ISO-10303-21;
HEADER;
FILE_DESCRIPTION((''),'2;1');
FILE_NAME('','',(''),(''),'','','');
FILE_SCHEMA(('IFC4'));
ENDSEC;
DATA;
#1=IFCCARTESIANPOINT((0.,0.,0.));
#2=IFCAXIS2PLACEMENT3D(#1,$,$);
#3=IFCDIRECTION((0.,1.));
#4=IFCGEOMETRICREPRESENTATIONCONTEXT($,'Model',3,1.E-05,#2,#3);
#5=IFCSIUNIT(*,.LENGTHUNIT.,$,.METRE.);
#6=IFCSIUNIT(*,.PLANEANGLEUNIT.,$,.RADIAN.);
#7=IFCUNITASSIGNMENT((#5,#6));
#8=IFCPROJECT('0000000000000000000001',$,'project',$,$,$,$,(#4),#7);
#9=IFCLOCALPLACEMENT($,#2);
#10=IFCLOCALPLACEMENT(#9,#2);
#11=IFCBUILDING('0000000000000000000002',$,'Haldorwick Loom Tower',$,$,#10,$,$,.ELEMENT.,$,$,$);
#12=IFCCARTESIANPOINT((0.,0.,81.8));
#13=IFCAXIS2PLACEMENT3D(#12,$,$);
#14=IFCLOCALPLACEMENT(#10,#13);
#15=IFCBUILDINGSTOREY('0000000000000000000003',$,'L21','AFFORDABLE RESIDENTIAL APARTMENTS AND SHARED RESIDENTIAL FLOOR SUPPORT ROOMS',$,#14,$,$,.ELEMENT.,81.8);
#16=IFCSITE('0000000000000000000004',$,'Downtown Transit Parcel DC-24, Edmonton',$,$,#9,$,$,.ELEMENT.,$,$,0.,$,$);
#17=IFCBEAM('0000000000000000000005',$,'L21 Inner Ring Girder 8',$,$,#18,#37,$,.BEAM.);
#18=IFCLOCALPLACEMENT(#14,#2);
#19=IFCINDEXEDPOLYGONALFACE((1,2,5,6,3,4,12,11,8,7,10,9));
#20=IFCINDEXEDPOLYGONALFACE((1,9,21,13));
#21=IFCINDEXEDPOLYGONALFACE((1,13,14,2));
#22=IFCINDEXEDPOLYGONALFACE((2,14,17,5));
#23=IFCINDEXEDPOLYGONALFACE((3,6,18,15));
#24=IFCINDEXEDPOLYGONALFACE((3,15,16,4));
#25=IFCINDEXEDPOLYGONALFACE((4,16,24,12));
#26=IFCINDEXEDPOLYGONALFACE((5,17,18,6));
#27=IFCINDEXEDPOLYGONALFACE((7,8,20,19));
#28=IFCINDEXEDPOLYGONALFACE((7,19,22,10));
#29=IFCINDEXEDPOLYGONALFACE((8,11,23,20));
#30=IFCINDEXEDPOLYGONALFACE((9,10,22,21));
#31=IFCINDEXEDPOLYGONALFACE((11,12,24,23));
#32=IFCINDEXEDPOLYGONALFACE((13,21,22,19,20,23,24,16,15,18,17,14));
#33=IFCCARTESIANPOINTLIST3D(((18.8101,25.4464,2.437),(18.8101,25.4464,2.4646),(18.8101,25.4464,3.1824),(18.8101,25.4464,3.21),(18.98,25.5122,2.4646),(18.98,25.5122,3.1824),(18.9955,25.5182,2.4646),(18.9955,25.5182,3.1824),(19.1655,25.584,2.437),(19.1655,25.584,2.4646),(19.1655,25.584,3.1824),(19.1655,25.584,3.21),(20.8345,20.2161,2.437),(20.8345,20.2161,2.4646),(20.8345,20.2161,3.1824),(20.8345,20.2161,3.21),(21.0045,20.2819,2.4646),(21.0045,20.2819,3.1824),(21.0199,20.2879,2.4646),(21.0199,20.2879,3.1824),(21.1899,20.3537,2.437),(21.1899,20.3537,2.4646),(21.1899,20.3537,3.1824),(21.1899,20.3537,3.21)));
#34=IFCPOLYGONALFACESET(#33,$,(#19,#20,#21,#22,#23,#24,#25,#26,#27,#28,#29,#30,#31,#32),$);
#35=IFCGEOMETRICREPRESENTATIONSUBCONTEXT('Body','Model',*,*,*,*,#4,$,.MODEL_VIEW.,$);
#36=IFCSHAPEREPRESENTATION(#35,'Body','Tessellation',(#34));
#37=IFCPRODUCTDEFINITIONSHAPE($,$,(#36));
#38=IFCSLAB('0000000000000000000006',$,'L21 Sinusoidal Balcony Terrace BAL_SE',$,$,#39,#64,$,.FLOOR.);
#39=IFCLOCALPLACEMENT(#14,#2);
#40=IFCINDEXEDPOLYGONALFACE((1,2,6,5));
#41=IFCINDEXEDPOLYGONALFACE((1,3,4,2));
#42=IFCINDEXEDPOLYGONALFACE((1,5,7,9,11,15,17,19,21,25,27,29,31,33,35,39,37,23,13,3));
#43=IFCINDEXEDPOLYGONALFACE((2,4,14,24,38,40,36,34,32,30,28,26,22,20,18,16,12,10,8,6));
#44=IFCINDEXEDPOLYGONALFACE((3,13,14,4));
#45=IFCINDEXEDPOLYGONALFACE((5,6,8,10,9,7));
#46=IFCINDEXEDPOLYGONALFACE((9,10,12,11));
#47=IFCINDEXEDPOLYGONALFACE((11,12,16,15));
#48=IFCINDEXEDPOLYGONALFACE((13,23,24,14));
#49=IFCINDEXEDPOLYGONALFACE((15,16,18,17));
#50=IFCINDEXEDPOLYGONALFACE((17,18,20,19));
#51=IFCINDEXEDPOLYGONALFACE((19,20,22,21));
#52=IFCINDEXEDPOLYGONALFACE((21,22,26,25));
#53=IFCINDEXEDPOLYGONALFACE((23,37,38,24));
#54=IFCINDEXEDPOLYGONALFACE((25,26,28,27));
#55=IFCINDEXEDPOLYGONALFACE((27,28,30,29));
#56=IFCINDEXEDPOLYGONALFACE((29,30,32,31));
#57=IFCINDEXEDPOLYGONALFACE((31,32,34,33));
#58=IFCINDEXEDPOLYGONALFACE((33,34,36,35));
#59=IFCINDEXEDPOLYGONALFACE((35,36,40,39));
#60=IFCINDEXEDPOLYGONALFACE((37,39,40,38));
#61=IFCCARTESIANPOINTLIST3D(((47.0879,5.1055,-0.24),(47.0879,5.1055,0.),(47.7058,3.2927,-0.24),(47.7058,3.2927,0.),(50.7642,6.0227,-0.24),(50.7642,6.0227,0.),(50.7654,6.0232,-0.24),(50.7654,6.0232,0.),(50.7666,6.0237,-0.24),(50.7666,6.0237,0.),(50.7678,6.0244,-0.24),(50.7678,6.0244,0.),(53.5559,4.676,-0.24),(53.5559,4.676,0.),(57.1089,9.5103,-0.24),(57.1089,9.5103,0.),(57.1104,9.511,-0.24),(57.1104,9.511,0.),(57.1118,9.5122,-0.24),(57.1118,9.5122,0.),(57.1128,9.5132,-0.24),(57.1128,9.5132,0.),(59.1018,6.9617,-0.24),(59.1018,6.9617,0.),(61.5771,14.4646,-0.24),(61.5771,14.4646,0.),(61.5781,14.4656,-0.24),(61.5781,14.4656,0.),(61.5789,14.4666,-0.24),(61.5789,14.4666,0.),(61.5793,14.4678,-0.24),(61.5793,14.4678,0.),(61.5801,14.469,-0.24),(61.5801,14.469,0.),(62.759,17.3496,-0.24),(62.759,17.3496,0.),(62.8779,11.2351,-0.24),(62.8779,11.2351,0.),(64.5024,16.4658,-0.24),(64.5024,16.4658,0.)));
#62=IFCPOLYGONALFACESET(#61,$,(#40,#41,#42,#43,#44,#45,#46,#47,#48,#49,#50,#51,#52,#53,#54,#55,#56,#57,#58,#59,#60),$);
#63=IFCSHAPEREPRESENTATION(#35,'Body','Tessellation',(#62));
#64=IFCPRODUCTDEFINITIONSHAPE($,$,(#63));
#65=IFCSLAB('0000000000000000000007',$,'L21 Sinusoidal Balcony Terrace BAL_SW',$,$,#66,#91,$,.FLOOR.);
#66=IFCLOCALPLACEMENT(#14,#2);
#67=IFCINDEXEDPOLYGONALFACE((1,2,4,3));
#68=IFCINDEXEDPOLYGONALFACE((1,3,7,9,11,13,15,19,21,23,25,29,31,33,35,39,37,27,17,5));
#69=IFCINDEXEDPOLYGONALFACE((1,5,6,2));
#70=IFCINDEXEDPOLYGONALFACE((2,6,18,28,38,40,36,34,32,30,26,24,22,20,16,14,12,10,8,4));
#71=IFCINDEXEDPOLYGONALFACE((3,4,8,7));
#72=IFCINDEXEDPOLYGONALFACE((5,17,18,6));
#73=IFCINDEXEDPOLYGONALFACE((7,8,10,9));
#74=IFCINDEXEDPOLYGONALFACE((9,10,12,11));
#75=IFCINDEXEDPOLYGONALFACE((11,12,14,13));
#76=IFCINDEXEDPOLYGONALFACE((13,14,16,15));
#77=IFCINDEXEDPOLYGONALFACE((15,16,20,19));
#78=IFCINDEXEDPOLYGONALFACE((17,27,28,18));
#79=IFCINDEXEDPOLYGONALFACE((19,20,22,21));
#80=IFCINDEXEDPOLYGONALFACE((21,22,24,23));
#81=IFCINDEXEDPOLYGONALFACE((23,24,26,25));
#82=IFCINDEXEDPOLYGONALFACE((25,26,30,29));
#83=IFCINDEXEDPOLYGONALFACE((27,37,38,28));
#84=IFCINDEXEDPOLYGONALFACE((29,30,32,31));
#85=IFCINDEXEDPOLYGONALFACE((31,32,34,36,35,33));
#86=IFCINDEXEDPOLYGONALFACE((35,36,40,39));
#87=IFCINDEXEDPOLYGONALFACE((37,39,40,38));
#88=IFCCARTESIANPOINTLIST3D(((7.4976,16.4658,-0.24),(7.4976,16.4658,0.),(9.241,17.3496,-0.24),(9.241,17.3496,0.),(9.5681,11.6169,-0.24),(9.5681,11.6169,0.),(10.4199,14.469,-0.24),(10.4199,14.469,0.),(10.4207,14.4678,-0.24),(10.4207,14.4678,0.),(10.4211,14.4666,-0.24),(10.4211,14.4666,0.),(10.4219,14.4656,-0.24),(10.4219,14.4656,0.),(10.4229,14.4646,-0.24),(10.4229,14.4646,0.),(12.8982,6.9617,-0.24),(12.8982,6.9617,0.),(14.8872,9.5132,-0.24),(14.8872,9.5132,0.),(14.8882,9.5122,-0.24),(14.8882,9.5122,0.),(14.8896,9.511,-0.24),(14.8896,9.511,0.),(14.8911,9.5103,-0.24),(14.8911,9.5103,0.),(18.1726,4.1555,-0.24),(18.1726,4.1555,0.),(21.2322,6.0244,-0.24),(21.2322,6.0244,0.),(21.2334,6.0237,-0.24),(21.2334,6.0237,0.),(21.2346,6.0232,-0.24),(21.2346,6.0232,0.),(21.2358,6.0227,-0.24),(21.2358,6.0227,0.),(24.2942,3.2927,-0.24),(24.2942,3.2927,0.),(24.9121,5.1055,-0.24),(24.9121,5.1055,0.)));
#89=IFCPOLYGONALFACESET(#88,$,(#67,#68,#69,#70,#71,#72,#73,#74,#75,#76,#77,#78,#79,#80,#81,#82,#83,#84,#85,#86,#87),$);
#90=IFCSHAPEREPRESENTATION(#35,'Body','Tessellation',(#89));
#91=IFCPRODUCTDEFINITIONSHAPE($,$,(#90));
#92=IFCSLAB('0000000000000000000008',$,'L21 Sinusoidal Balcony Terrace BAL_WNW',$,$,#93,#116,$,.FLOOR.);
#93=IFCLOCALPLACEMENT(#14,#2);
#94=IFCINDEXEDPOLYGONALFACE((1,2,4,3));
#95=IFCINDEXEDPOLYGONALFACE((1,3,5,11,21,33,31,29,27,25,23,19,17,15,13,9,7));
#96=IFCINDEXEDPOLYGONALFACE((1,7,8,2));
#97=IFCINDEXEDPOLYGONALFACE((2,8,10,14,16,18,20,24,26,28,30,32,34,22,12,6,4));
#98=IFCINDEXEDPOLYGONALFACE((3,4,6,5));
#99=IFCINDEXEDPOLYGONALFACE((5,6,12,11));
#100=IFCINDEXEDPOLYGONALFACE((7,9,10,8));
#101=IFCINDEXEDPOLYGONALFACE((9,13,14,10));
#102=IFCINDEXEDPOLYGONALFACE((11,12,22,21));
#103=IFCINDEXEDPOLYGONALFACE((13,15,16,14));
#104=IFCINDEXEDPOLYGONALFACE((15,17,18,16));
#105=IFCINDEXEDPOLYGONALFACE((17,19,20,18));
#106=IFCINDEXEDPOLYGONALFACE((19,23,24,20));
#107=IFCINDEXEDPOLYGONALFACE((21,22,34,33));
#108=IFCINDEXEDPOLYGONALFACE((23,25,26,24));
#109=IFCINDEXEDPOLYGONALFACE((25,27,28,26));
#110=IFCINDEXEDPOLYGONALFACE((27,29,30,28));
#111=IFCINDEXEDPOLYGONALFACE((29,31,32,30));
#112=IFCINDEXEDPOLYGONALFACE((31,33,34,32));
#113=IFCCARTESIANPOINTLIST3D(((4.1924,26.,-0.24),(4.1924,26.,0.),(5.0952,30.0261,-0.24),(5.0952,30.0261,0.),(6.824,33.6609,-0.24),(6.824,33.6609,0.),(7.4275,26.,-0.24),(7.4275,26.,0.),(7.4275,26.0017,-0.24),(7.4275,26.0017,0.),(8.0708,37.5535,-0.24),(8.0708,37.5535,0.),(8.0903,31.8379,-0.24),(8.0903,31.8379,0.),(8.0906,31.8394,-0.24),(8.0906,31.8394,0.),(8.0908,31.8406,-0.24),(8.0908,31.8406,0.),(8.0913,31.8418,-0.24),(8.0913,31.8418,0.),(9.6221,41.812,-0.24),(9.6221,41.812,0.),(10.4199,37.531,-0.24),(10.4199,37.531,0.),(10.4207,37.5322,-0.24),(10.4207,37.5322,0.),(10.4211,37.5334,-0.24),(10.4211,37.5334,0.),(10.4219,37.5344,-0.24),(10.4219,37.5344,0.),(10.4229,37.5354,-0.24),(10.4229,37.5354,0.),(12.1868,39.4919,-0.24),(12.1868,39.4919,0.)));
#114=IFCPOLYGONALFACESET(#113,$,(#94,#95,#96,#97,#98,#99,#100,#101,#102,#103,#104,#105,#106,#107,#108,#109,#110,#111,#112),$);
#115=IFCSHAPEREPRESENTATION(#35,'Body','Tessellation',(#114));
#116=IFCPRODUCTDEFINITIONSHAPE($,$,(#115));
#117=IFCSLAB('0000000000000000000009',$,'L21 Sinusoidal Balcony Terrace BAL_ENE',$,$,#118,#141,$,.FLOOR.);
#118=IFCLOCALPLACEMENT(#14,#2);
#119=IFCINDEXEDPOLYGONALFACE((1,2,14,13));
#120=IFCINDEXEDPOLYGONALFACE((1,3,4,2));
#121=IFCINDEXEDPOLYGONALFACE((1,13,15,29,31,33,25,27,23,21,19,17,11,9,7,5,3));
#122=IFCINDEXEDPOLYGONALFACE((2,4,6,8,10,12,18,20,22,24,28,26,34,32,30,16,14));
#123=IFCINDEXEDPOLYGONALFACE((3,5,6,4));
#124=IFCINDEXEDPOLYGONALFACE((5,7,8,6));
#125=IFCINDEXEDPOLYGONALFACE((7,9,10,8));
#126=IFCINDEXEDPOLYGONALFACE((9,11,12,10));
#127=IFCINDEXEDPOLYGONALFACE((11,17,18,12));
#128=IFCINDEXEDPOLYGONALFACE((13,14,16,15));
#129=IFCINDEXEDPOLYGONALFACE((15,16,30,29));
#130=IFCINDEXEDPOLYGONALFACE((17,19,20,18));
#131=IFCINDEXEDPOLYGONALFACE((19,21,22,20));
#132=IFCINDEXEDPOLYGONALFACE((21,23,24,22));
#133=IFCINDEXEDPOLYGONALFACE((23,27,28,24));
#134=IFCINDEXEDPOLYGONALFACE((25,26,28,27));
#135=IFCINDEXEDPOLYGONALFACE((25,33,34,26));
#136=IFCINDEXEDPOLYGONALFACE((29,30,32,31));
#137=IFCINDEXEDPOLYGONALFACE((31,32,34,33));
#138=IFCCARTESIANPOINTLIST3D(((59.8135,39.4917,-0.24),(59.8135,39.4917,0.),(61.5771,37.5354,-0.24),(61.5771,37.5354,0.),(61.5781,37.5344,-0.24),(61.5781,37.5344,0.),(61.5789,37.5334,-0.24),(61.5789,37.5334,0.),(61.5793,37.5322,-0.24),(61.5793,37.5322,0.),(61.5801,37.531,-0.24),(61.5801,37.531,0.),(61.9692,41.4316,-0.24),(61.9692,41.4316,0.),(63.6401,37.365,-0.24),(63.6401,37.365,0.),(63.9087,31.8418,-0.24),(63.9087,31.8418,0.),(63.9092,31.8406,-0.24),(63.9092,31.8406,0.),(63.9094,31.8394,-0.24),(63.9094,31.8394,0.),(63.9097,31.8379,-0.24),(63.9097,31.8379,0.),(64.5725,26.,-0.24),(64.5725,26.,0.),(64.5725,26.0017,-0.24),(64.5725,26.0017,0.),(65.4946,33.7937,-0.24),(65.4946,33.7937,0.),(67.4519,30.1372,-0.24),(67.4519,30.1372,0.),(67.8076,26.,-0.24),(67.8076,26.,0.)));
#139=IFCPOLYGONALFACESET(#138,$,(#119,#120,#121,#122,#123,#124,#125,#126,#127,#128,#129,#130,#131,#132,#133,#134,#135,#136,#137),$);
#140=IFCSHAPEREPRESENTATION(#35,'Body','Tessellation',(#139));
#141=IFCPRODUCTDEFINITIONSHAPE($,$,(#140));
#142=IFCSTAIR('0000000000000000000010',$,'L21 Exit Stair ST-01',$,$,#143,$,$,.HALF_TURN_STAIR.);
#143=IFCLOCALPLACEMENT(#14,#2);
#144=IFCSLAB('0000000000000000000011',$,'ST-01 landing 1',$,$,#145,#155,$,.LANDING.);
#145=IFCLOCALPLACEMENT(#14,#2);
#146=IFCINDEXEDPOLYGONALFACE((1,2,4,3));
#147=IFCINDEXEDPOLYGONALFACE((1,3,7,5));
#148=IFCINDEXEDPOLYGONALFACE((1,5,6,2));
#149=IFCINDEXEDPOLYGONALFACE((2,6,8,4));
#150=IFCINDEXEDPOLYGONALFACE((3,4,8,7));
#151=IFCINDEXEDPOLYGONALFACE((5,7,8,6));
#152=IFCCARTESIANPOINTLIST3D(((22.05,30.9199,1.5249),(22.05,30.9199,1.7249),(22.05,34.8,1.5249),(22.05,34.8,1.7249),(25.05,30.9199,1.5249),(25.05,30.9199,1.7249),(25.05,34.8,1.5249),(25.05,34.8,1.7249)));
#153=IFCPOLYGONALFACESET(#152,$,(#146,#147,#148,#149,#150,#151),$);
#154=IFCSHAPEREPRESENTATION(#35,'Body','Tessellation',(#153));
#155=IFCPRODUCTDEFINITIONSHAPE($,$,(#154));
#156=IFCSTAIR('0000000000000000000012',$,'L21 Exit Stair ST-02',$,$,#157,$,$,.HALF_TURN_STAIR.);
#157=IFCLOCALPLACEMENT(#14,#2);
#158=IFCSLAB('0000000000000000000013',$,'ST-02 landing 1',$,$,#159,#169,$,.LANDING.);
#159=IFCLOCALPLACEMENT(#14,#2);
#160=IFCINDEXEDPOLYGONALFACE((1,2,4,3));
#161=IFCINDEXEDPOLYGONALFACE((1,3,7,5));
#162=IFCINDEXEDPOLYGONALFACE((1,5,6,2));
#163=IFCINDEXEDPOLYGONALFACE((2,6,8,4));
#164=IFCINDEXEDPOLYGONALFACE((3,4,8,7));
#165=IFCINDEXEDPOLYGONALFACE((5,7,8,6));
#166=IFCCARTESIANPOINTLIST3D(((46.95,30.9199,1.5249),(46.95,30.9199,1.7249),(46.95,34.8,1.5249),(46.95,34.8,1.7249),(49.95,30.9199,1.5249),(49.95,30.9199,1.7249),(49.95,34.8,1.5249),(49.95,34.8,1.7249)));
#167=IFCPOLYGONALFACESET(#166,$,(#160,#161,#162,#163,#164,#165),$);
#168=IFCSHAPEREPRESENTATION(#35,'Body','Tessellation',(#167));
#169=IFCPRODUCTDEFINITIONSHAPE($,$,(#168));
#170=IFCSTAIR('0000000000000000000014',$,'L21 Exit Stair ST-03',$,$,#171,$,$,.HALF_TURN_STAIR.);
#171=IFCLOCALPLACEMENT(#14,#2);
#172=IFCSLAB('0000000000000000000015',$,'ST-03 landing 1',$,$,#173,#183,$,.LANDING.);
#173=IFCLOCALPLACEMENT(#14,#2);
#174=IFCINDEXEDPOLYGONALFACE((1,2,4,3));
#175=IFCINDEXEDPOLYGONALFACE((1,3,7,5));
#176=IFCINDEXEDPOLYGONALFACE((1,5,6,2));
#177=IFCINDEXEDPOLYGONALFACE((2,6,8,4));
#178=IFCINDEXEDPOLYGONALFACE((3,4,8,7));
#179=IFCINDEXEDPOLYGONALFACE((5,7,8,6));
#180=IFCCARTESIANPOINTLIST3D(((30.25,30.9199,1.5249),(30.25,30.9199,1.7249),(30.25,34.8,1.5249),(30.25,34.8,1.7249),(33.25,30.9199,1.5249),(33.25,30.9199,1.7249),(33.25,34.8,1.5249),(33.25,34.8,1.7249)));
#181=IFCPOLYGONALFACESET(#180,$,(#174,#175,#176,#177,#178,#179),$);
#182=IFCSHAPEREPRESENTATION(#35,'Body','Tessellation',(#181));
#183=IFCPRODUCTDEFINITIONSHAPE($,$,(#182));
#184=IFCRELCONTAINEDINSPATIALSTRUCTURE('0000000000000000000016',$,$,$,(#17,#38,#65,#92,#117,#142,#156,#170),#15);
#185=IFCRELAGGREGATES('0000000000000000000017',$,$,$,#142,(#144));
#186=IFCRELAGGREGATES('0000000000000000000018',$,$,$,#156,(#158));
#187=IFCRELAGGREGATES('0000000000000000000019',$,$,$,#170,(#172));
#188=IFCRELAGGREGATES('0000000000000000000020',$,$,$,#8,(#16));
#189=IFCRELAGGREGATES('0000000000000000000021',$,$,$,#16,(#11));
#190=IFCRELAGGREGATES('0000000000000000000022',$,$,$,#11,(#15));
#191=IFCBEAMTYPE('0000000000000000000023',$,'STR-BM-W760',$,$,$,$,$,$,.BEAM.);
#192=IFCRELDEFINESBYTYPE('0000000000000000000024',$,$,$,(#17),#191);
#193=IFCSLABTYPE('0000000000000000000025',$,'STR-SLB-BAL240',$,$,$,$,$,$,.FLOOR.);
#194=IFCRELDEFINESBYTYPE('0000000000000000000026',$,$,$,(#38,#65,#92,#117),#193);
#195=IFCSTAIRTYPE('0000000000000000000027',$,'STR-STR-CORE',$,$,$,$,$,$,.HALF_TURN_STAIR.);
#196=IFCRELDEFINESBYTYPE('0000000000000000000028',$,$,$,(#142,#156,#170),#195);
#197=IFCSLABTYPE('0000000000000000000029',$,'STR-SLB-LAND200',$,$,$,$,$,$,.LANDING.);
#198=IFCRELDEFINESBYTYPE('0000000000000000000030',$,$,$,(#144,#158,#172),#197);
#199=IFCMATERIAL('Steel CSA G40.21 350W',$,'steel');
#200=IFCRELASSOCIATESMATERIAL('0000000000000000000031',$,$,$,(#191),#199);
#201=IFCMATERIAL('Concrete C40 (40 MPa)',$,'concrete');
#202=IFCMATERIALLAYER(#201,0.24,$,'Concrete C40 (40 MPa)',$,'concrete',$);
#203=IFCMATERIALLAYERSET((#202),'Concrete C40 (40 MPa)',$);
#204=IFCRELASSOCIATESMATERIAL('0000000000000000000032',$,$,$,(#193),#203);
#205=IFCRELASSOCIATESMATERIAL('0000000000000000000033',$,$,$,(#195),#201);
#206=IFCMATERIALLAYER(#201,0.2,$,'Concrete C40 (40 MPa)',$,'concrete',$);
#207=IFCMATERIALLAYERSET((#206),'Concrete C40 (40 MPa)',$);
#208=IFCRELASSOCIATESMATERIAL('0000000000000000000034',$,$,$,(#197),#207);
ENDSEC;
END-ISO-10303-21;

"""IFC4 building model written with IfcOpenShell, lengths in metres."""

from ifc_helpers import new_model, si_unit, direction, frame, origin, origin_2d, place, context, subcontext, project, spatial, polyline, i_section, outline, extrude, material, layer, layer_set, material_profile, profile_set, type_object, element, aggregate, save


model = new_model("IFC4")

# Units and contexts
model_context = context("Model", 3, precision=1e-05, world=origin(), true_north=direction((0.0, 1.0)))
body_context = subcontext(model_context, "Body", "Model", "MODEL_VIEW")
ifc_project = project(units=[si_unit("LENGTHUNIT", "METRE"), si_unit("PLANEANGLEUNIT", "RADIAN")], contexts=[model_context])

# Site, building, storey
site_placement = place(None, origin())
site = spatial("IfcSite", under=ifc_project, at=site_placement, Name="Downtown Transit Parcel DC-24, Edmonton", CompositionType="ELEMENT", RefElevation=0.0)
building_placement = place(site_placement, origin())
building = spatial("IfcBuilding", under=site, at=building_placement, Name="Haldorwick Loom Tower", CompositionType="ELEMENT")
storey_placement = place(building_placement, frame((0.0, 0.0, 81.8)))
storey = spatial("IfcBuildingStorey", under=building, at=storey_placement, Name="L21", Description="AFFORDABLE RESIDENTIAL APARTMENTS AND SHARED RESIDENTIAL FLOOR SUPPORT ROOMS", CompositionType="ELEMENT", Elevation=81.8)

# Beam
ifc_material_1 = material(Name="Steel CSA G40.21 350W", Category="steel")
ifc_material_profile_1 = material_profile(ifc_material_1, i_section(OverallWidth=0.3811, OverallDepth=0.7729, WebThickness=0.0166, FlangeThickness=0.0276, at=origin_2d()), Name="W760X257", Category="steel")
ifc_profile_set_1 = profile_set([ifc_material_profile_1], Name="Steel CSA G40.21 350W")
beam_type_1 = type_object("IfcBeamType", Name="STR-BM-W760", PredefinedType="BEAM", material=ifc_profile_set_1)
beam_1_placement = place(storey_placement, frame((21.0122, 20.2849, 2.8235), z_axis=(-0.360965, 0.932579, 0.0), x_axis=(-0.932579, -0.360965, 0.0)))
element("IfcBeam", 1, at=beam_1_placement, inside=storey, type_object=beam_type_1, Name="L21 Inner Ring Girder 8", PredefinedType="BEAM", context=body_context, shape_type="SweptSolid", body=[
    extrude(i_section(OverallWidth=0.3811, OverallDepth=0.7729, WebThickness=0.0166, FlangeThickness=0.0276, at=origin_2d()), origin(), (0.0, 0.0, 1.0), 5.6084),
])

# Slabs
ifc_material_2 = material(Name="Concrete C40 (40 MPa)", Category="concrete")
ifc_layer_1 = layer(ifc_material_2, 0.24, Name="Concrete C40 (40 MPa)", Category="concrete")
ifc_layer_set_1 = layer_set([ifc_layer_1], Name="Concrete C40 (40 MPa)")
slab_type_1 = type_object("IfcSlabType", Name="STR-SLB-BAL240", PredefinedType="FLOOR", material=ifc_layer_set_1)
slab_1_placement = place(storey_placement, frame((0.0, 0.0, -0.24)))
element("IfcSlab", 2, at=slab_1_placement, inside=storey, type_object=slab_type_1, Name="L21 Sinusoidal Balcony Terrace BAL_SE", PredefinedType="FLOOR", context=body_context, shape_type="SweptSolid", body=[
    extrude(outline(polyline([(62.759, 17.3496), (61.5801, 14.469), (61.5793, 14.4678), (61.5789, 14.4666), (61.5781, 14.4656), (61.5771, 14.4646), (57.1128, 9.5132), (57.1118, 9.5122), (57.1104, 9.511), (57.1089, 9.5103), (50.7678, 6.0244), (50.7666, 6.0237), (50.7654, 6.0232), (50.7642, 6.0227), (47.0879, 5.1055), (47.7058, 3.2927), (53.5559, 4.676), (59.1018, 6.9617), (62.8779, 11.2351), (64.5024, 16.4658), (62.759, 17.3496)])), origin(), (0.0, 0.0, 1.0), 0.24),
])
slab_2_placement = place(storey_placement, frame((0.0, 0.0, -0.24)))
element("IfcSlab", 3, at=slab_2_placement, inside=storey, type_object=slab_type_1, Name="L21 Sinusoidal Balcony Terrace BAL_SW", PredefinedType="FLOOR", context=body_context, shape_type="SweptSolid", body=[
    extrude(outline(polyline([(24.9121, 5.1055), (21.2358, 6.0227), (21.2346, 6.0232), (21.2334, 6.0237), (21.2322, 6.0244), (14.8911, 9.5103), (14.8896, 9.511), (14.8882, 9.5122), (14.8872, 9.5132), (10.4229, 14.4646), (10.4219, 14.4656), (10.4211, 14.4666), (10.4207, 14.4678), (10.4199, 14.469), (9.241, 17.3496), (7.4976, 16.4658), (9.5681, 11.6169), (12.8982, 6.9617), (18.1726, 4.1555), (24.2942, 3.2927), (24.9121, 5.1055)])), origin(), (0.0, 0.0, 1.0), 0.24),
])
slab_3_placement = place(storey_placement, frame((0.0, 0.0, -0.24)))
element("IfcSlab", 4, at=slab_3_placement, inside=storey, type_object=slab_type_1, Name="L21 Sinusoidal Balcony Terrace BAL_WNW", PredefinedType="FLOOR", context=body_context, shape_type="SweptSolid", body=[
    extrude(outline(polyline([(7.4275, 26.0), (7.4275, 26.0017), (8.0903, 31.8379), (8.0906, 31.8394), (8.0908, 31.8406), (8.0913, 31.8418), (10.4199, 37.531), (10.4207, 37.5322), (10.4211, 37.5334), (10.4219, 37.5344), (10.4229, 37.5354), (12.1868, 39.4919), (9.6221, 41.812), (8.0708, 37.5535), (6.824, 33.6609), (5.0952, 30.0261), (4.1924, 26.0), (7.4275, 26.0)])), origin(), (0.0, 0.0, 1.0), 0.24),
])
slab_4_placement = place(storey_placement, frame((0.0, 0.0, -0.24)))
element("IfcSlab", 5, at=slab_4_placement, inside=storey, type_object=slab_type_1, Name="L21 Sinusoidal Balcony Terrace BAL_ENE", PredefinedType="FLOOR", context=body_context, shape_type="SweptSolid", body=[
    extrude(outline(polyline([(59.8135, 39.4917), (61.5771, 37.5354), (61.5781, 37.5344), (61.5789, 37.5334), (61.5793, 37.5322), (61.5801, 37.531), (63.9087, 31.8418), (63.9092, 31.8406), (63.9094, 31.8394), (63.9097, 31.8379), (64.5725, 26.0017), (64.5725, 26.0), (67.8076, 26.0), (67.4519, 30.1372), (65.4946, 33.7937), (63.6401, 37.365), (61.9692, 41.4316), (59.8135, 39.4917)])), origin(), (0.0, 0.0, 1.0), 0.24),
])

# Stairs, slabs
stair_type = type_object("IfcStairType", Name="STR-STR-CORE", PredefinedType="HALF_TURN_STAIR", material=ifc_material_2)
stair_1_placement = place(storey_placement, origin())
stair_1 = element("IfcStair", 6, at=stair_1_placement, inside=storey, type_object=stair_type, Name="L21 Exit Stair ST-01", PredefinedType="HALF_TURN_STAIR")
ifc_layer_2 = layer(ifc_material_2, 0.2, Name="Concrete C40 (40 MPa)", Category="concrete")
ifc_layer_set_2 = layer_set([ifc_layer_2], Name="Concrete C40 (40 MPa)")
slab_type_2 = type_object("IfcSlabType", Name="STR-SLB-LAND200", PredefinedType="LANDING", material=ifc_layer_set_2)
slab_5_placement = place(storey_placement, frame((0.0, 0.0, 1.5249)))
slab_5 = element("IfcSlab", 7, at=slab_5_placement, type_object=slab_type_2, Name="ST-01 landing 1", PredefinedType="LANDING", context=body_context, shape_type="SweptSolid", body=[
    extrude(outline(polyline([(25.05, 30.9199), (25.05, 34.8), (22.05, 34.8), (22.05, 30.9199), (25.05, 30.9199)])), origin(), (0.0, 0.0, 1.0), 0.2),
])
aggregate(stair_1, [slab_5])
stair_2_placement = place(storey_placement, origin())
stair_2 = element("IfcStair", 8, at=stair_2_placement, inside=storey, type_object=stair_type, Name="L21 Exit Stair ST-02", PredefinedType="HALF_TURN_STAIR")
slab_6_placement = place(storey_placement, frame((0.0, 0.0, 1.5249)))
slab_6 = element("IfcSlab", 9, at=slab_6_placement, type_object=slab_type_2, Name="ST-02 landing 1", PredefinedType="LANDING", context=body_context, shape_type="SweptSolid", body=[
    extrude(outline(polyline([(49.95, 30.9199), (49.95, 34.8), (46.95, 34.8), (46.95, 30.9199), (49.95, 30.9199)])), origin(), (0.0, 0.0, 1.0), 0.2),
])
aggregate(stair_2, [slab_6])
stair_3_placement = place(storey_placement, origin())
stair_3 = element("IfcStair", 10, at=stair_3_placement, inside=storey, type_object=stair_type, Name="L21 Exit Stair ST-03", PredefinedType="HALF_TURN_STAIR")
slab_7_placement = place(storey_placement, frame((0.0, 0.0, 1.5249)))
slab_7 = element("IfcSlab", 11, at=slab_7_placement, type_object=slab_type_2, Name="ST-03 landing 1", PredefinedType="LANDING", context=body_context, shape_type="SweptSolid", body=[
    extrude(outline(polyline([(33.25, 30.9199), (33.25, 34.8), (30.25, 34.8), (30.25, 30.9199), (33.25, 30.9199)])), origin(), (0.0, 0.0, 1.0), 0.2),
])
aggregate(stair_3, [slab_7])

save(model, "model.ifc")
